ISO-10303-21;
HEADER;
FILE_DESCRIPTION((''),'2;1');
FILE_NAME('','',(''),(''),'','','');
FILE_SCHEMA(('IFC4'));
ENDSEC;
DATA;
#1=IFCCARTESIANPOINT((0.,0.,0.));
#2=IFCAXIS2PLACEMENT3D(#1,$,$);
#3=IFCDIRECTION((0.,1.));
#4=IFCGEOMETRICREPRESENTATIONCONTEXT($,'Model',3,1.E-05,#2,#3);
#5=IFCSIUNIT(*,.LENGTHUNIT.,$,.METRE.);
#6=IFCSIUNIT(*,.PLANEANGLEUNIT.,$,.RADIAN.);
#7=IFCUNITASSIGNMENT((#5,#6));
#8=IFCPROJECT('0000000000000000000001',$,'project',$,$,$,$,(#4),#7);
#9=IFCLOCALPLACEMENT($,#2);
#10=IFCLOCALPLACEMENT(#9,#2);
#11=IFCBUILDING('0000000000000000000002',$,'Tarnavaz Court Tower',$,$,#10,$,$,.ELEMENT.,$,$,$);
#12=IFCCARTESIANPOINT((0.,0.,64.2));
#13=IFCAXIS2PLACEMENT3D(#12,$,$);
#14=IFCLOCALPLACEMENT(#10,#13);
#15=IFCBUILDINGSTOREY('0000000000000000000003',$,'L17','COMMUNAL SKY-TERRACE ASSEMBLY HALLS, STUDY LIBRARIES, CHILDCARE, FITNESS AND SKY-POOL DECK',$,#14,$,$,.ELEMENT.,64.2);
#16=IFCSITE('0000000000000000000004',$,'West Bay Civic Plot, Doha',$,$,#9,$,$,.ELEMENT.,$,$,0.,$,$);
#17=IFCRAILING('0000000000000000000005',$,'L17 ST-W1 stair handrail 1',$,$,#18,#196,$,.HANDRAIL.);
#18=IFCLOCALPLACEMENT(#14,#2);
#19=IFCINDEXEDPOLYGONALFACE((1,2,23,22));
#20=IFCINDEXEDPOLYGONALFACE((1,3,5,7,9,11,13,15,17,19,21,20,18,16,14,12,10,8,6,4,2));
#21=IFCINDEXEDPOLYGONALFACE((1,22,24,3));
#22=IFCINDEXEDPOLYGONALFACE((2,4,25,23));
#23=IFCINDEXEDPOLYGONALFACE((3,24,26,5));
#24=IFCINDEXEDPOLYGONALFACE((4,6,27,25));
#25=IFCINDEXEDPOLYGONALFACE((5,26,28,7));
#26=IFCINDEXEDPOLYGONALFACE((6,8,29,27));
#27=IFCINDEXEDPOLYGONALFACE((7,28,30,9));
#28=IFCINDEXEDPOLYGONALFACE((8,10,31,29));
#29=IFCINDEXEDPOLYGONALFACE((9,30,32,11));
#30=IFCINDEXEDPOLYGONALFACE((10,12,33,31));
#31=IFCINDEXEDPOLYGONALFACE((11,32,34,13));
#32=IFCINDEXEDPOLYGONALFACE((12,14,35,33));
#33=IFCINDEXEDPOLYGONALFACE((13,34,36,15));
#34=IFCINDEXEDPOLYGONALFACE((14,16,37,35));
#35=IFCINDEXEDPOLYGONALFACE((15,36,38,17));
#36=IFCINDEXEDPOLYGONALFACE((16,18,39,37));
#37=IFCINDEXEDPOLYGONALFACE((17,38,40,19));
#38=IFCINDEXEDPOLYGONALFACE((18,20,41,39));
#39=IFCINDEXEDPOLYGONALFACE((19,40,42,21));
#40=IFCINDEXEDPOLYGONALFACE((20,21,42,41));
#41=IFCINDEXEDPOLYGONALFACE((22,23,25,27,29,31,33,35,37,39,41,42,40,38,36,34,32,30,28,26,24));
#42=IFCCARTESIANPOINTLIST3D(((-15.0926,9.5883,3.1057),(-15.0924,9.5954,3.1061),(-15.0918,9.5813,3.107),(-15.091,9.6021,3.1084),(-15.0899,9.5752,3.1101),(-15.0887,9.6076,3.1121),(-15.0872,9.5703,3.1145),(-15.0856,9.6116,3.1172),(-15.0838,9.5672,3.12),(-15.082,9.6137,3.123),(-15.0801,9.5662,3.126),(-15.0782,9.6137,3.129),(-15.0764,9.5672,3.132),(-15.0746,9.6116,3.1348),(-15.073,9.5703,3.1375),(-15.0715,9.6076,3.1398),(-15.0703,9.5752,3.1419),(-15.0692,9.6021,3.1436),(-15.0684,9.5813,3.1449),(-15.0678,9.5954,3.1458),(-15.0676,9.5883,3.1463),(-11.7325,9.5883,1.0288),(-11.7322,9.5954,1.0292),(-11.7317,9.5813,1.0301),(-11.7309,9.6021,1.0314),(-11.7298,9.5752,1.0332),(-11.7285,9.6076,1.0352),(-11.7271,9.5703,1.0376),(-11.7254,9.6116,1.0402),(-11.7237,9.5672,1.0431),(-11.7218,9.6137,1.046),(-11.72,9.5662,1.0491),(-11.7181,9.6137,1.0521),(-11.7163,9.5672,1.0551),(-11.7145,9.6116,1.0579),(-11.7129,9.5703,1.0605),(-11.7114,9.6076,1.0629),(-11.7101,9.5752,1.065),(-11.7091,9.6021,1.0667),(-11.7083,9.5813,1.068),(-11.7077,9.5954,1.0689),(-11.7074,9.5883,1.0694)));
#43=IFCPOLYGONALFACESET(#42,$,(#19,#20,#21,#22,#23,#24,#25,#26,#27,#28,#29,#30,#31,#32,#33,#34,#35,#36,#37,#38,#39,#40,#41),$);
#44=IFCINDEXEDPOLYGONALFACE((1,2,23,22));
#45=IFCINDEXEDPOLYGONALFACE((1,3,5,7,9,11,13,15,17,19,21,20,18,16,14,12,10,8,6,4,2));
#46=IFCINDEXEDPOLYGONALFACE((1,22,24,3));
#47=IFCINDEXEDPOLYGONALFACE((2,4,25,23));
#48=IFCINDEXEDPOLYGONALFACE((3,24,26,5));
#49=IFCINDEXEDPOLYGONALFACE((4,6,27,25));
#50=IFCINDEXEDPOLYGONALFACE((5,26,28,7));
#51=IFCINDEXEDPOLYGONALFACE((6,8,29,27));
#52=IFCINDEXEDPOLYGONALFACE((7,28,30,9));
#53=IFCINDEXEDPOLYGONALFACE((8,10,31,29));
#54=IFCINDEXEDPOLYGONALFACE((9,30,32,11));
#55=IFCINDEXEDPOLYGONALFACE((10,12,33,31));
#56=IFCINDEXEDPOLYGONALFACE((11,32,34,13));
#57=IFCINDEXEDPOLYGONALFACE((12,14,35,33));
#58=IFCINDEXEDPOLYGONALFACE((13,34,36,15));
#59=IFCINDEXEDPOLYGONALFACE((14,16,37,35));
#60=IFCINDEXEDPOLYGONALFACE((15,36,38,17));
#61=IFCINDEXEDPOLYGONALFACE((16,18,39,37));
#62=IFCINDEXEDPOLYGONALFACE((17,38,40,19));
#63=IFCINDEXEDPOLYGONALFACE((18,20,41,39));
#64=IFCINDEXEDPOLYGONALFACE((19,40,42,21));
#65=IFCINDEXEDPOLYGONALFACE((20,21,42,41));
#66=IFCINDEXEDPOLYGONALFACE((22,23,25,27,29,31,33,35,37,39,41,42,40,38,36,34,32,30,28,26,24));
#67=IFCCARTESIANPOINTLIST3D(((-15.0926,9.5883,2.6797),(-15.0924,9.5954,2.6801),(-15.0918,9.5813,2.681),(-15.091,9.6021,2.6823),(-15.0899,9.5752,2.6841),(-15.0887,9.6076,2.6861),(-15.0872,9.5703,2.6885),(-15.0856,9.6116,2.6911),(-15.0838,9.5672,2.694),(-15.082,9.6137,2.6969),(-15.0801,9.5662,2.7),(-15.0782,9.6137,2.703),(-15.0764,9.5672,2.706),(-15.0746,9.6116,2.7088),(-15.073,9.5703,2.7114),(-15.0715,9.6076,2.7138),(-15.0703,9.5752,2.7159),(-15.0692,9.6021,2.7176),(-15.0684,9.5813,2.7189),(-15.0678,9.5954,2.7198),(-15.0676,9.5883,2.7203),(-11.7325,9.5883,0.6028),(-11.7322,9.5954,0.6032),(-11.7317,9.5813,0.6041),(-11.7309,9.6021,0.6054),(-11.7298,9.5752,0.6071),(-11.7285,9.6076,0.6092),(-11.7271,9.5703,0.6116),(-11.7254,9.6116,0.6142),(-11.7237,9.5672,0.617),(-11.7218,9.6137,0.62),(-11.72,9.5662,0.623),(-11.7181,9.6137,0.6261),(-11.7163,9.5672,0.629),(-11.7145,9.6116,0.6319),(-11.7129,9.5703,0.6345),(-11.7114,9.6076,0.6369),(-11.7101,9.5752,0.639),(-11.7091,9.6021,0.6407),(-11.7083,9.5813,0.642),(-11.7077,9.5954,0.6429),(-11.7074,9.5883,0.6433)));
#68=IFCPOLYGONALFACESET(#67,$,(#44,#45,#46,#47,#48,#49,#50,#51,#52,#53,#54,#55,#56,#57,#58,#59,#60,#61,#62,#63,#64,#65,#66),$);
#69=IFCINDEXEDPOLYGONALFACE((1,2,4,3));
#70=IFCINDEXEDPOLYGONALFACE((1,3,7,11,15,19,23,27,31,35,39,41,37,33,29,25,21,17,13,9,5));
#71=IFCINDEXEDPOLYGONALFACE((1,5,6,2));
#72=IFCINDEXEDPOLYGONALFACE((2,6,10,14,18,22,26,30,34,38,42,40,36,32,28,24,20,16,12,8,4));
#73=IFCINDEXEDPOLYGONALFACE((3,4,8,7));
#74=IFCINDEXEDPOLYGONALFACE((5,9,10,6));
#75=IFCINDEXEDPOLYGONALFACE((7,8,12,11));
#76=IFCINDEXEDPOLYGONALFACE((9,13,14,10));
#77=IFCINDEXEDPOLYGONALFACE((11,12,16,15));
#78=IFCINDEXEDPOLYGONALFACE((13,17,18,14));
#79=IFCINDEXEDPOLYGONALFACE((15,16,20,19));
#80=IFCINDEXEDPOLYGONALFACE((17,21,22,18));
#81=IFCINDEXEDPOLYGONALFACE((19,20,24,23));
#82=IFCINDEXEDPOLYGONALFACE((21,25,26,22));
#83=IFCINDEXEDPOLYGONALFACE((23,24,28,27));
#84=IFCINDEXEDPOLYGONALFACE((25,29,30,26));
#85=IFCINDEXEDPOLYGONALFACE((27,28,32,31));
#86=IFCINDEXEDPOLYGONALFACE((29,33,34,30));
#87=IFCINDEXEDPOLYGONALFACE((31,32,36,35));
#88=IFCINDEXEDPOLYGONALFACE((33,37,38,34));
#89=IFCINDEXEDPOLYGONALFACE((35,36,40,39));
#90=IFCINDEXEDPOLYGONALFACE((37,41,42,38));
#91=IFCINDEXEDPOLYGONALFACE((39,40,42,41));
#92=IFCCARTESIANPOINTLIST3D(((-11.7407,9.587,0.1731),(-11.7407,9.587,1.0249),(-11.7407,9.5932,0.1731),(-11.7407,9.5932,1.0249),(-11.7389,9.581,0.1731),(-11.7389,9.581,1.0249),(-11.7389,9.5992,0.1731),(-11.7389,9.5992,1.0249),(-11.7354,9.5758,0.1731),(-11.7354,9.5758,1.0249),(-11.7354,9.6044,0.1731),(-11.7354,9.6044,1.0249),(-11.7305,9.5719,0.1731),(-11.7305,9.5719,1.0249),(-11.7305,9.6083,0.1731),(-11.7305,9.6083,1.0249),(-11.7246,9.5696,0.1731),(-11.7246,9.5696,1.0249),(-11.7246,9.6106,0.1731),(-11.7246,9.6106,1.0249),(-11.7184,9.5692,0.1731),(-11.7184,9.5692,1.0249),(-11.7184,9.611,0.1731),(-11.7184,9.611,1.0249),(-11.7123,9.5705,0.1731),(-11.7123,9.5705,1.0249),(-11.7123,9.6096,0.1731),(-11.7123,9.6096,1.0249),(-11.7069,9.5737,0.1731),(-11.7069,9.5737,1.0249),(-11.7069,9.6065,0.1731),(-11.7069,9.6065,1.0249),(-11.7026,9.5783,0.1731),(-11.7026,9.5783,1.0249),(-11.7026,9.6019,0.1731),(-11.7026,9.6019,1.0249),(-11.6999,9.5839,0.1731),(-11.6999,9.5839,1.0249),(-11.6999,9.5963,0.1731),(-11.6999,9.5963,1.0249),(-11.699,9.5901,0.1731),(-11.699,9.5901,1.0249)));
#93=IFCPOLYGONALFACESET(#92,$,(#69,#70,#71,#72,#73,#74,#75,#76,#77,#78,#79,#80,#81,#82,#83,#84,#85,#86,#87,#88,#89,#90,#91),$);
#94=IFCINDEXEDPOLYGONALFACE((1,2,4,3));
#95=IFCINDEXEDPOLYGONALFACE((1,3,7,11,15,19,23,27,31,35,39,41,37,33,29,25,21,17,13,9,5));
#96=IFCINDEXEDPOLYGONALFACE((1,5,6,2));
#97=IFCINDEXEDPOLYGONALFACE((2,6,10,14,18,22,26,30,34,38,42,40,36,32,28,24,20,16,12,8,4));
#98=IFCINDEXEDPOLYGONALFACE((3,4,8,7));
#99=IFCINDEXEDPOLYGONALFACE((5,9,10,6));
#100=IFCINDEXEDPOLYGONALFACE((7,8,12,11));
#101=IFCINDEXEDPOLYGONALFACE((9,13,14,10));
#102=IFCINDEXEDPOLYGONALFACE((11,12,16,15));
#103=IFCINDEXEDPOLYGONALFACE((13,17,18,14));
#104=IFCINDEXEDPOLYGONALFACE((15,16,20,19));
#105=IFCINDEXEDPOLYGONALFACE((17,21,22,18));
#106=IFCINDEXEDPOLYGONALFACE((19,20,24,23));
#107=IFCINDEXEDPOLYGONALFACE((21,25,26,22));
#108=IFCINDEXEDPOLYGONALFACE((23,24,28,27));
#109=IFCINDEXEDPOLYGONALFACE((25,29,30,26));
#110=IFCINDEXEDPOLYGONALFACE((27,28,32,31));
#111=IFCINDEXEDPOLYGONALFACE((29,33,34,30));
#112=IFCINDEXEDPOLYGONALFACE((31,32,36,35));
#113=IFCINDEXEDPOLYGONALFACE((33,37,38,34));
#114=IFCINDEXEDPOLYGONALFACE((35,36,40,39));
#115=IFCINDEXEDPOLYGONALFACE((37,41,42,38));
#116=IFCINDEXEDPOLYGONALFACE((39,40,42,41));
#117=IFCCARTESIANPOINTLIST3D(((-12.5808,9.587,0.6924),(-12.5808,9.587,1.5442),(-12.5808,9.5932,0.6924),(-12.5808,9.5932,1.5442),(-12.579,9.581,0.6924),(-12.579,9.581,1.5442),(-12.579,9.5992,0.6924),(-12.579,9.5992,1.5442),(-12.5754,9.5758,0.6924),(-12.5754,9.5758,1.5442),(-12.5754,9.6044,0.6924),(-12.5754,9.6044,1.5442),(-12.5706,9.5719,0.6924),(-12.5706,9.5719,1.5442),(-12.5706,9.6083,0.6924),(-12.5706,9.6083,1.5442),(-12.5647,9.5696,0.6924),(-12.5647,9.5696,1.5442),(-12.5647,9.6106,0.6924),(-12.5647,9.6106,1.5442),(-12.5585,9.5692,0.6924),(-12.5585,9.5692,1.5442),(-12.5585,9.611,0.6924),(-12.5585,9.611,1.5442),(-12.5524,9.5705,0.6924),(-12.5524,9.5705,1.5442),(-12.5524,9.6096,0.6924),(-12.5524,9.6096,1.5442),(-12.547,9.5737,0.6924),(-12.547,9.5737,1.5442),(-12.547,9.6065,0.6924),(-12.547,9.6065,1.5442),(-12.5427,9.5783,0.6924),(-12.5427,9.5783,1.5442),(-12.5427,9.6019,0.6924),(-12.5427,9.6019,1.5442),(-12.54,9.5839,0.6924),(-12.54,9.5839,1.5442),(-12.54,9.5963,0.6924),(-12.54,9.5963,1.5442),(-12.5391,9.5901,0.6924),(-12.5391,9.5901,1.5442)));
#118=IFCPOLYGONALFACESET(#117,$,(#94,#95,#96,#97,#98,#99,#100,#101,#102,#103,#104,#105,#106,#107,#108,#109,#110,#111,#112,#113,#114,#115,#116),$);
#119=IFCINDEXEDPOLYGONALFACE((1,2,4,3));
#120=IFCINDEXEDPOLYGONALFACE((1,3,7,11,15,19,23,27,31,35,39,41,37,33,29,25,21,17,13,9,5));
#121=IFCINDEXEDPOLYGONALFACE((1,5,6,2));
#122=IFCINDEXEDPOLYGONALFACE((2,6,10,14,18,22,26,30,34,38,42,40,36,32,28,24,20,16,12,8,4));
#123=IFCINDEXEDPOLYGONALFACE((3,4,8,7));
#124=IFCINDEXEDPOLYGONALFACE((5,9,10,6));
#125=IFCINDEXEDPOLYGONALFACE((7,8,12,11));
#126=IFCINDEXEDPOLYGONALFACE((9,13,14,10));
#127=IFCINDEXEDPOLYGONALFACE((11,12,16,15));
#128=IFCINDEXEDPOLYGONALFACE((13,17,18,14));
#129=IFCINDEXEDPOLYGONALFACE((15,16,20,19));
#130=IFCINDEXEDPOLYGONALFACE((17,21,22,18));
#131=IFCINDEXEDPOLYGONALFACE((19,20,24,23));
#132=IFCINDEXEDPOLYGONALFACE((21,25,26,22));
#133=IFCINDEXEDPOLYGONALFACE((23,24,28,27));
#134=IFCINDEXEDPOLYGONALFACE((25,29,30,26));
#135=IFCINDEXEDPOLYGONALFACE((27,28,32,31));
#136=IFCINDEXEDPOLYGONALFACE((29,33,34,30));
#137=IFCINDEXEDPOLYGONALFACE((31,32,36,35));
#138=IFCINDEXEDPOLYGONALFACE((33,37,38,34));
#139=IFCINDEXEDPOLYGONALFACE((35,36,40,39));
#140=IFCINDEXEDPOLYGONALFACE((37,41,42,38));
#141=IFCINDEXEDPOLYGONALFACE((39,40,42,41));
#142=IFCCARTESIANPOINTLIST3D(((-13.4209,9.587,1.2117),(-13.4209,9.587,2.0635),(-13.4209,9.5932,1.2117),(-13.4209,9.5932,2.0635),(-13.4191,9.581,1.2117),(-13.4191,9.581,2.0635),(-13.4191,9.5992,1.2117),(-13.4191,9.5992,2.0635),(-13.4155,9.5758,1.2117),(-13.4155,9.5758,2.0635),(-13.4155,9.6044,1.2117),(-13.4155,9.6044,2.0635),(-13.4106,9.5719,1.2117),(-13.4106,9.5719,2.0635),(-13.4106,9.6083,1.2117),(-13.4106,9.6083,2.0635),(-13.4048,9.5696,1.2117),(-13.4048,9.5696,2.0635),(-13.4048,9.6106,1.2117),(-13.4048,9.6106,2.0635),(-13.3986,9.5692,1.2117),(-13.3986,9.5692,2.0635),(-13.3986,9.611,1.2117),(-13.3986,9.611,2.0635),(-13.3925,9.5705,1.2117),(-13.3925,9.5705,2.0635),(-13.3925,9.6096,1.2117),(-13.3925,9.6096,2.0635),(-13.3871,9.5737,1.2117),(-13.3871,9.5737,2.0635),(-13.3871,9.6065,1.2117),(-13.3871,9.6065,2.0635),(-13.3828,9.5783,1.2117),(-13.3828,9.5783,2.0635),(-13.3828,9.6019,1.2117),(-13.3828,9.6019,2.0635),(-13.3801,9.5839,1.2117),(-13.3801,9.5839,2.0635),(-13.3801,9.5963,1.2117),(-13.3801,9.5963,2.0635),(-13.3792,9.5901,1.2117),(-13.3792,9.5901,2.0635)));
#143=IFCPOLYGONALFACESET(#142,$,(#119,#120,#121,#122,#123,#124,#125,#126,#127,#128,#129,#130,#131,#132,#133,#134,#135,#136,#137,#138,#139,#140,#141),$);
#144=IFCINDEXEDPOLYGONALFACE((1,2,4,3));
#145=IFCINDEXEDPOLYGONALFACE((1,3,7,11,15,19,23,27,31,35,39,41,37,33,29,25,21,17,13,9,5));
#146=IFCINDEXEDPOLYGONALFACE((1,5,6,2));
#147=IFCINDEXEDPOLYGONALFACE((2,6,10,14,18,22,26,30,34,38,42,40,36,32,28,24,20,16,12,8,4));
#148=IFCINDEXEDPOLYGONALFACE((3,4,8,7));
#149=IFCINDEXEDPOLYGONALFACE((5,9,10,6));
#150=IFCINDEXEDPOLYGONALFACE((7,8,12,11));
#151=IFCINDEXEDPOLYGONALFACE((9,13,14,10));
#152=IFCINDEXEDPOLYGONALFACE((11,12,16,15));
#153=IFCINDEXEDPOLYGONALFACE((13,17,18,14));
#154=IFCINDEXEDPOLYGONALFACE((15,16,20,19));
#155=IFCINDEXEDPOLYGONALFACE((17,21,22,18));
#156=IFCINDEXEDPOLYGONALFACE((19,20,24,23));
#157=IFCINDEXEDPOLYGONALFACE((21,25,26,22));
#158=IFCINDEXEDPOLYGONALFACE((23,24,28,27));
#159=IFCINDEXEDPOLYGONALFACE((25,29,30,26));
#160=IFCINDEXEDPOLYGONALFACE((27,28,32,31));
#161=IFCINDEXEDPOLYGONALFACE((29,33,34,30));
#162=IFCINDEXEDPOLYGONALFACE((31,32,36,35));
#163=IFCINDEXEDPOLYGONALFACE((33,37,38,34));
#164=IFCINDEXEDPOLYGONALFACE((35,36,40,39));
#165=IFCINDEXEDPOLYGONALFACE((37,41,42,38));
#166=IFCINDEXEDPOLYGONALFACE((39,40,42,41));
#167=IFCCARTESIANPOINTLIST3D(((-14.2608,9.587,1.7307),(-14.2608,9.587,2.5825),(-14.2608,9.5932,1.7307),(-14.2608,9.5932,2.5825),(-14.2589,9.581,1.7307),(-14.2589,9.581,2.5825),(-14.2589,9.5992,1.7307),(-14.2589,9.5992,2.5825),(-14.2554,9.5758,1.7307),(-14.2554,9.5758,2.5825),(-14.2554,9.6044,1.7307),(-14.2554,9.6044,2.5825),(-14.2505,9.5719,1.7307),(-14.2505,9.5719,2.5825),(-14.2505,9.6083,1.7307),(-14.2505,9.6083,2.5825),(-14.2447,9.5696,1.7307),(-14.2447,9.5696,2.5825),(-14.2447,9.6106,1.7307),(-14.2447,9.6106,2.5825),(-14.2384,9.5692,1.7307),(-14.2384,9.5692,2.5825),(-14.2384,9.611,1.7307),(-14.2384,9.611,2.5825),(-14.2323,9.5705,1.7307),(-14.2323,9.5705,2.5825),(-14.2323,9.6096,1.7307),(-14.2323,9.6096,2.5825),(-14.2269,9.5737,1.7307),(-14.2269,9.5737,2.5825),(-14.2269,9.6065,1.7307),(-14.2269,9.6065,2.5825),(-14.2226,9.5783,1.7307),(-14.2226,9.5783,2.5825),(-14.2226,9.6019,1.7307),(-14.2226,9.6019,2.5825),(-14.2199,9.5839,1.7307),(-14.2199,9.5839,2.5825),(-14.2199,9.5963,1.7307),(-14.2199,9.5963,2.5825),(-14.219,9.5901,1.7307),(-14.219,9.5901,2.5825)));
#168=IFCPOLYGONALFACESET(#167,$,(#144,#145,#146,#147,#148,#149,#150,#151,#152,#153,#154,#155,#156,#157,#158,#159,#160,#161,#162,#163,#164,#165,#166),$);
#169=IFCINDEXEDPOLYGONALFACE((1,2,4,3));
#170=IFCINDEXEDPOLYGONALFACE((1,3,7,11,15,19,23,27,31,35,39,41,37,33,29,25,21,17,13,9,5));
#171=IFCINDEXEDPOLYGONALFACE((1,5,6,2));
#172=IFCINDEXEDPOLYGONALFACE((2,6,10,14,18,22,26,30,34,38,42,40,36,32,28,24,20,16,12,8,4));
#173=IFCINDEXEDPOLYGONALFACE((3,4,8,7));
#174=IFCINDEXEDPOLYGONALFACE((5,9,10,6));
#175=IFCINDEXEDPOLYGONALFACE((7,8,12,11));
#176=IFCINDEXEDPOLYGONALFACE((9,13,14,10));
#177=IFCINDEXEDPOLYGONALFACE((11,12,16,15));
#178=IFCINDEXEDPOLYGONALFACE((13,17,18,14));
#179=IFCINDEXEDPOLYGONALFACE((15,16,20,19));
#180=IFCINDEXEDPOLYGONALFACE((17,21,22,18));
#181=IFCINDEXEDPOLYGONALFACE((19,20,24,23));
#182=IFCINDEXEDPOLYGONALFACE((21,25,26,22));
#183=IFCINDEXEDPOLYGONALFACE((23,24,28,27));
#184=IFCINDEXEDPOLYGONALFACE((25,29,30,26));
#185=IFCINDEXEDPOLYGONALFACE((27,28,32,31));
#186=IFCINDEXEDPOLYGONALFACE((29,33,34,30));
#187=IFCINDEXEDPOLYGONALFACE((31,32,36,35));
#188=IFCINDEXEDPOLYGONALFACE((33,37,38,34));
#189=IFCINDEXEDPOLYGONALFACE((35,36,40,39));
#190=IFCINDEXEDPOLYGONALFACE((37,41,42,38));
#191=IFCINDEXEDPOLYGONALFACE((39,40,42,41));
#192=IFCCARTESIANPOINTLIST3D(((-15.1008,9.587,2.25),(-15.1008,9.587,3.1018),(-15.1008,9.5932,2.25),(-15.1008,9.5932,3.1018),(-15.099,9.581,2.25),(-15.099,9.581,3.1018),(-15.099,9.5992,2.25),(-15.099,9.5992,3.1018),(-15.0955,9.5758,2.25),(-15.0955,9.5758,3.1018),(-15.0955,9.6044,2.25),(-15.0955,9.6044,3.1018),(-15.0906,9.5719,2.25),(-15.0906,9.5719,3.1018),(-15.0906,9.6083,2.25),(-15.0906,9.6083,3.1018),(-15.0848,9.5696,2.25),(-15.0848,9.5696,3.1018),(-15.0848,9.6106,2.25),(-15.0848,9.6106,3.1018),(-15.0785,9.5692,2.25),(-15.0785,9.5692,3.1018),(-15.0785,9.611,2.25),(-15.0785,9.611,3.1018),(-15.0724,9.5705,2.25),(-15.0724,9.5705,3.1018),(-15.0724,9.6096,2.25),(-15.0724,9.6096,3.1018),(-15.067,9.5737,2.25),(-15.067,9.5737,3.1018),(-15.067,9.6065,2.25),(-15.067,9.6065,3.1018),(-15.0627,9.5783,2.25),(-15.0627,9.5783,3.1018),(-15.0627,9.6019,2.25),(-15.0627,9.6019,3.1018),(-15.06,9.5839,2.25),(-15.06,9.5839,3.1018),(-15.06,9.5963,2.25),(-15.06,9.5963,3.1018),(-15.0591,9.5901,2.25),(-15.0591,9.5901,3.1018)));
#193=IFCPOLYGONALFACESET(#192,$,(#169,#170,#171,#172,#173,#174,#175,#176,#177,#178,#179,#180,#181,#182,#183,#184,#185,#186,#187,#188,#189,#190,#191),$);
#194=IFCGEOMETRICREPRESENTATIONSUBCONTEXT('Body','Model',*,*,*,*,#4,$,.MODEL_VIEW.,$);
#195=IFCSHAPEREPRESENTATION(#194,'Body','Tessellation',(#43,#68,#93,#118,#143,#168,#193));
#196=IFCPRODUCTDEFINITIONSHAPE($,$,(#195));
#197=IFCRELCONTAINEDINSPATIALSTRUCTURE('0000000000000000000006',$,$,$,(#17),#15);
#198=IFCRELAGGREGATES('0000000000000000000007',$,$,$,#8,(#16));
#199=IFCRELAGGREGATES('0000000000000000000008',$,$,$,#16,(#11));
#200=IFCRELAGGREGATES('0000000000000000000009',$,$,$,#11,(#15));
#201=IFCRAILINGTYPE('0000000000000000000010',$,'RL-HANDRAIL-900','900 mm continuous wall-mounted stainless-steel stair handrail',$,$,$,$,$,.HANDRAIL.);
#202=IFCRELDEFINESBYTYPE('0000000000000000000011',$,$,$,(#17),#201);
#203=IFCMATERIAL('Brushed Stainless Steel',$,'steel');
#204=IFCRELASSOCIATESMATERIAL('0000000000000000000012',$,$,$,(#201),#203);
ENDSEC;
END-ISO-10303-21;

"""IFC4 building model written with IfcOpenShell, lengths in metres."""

from ifc_helpers import new_model, si_unit, direction, frame, origin, origin_2d, place, context, subcontext, project, spatial, circle, extrude, material, type_object, element, save


model = new_model("IFC4")

# Units and contexts
model_context = context("Model", 3, precision=1e-05, world=origin(), true_north=direction((0.0, 1.0)))
body_context = subcontext(model_context, "Body", "Model", "MODEL_VIEW")
ifc_project = project(units=[si_unit("LENGTHUNIT", "METRE"), si_unit("PLANEANGLEUNIT", "RADIAN")], contexts=[model_context])

# Site, building, storey
site_placement = place(None, origin())
site = spatial("IfcSite", under=ifc_project, at=site_placement, Name="West Bay Civic Plot, Doha", CompositionType="ELEMENT", RefElevation=0.0)
building_placement = place(site_placement, origin())
building = spatial("IfcBuilding", under=site, at=building_placement, Name="Tarnavaz Court Tower", CompositionType="ELEMENT")
storey_placement = place(building_placement, frame((0.0, 0.0, 64.2)))
storey = spatial("IfcBuildingStorey", under=building, at=storey_placement, Name="L17", Description="COMMUNAL SKY-TERRACE ASSEMBLY HALLS, STUDY LIBRARIES, CHILDCARE, FITNESS AND SKY-POOL DECK", CompositionType="ELEMENT", Elevation=64.2)

# Railing
ifc_material_1 = material(Name="Brushed Stainless Steel", Category="steel")
railing_type_1 = type_object("IfcRailingType", Name="RL-HANDRAIL-900", Description="900 mm continuous wall-mounted stainless-steel stair handrail", PredefinedType="HANDRAIL", material=ifc_material_1)
railing_1_placement = place(storey_placement, frame((-11.72, 9.5901, 0.1731)))
element("IfcRailing", 1, at=railing_1_placement, inside=storey, type_object=railing_type_1, Name="L17 ST-W1 stair handrail 1", PredefinedType="HANDRAIL", context=body_context, shape_type="SweptSolid", body=[
    extrude(circle(Radius=0.0239, at=origin_2d()), frame((0.0, 0.0, 0.876), z_axis=(-0.850623, 0.0, 0.525776), x_axis=(0.0, -1.0, 0.0)), (0.0, 0.0, 1.0), 3.9502),
    extrude(circle(Radius=0.0239, at=origin_2d()), frame((0.0, 0.0, 0.45), z_axis=(-0.850623, 0.0, 0.525776), x_axis=(0.0, -1.0, 0.0)), (0.0, 0.0, 1.0), 3.9502),
    extrude(circle(Radius=0.021, at=origin_2d()), origin(), (0.0, 0.0, 1.0), 0.8518),
    extrude(circle(Radius=0.021, at=origin_2d()), frame((-0.8401, 0.0, 0.5193)), (0.0, 0.0, 1.0), 0.8518),
    extrude(circle(Radius=0.021, at=origin_2d()), frame((-1.6802, 0.0, 1.0386)), (0.0, 0.0, 1.0), 0.8518),
    extrude(circle(Radius=0.021, at=origin_2d()), frame((-2.52, 0.0, 1.5576)), (0.0, 0.0, 1.0), 0.8518),
    extrude(circle(Radius=0.021, at=origin_2d()), frame((-3.3601, 0.0, 2.0769)), (0.0, 0.0, 1.0), 0.8518),
])

save(model, "model.ifc")
